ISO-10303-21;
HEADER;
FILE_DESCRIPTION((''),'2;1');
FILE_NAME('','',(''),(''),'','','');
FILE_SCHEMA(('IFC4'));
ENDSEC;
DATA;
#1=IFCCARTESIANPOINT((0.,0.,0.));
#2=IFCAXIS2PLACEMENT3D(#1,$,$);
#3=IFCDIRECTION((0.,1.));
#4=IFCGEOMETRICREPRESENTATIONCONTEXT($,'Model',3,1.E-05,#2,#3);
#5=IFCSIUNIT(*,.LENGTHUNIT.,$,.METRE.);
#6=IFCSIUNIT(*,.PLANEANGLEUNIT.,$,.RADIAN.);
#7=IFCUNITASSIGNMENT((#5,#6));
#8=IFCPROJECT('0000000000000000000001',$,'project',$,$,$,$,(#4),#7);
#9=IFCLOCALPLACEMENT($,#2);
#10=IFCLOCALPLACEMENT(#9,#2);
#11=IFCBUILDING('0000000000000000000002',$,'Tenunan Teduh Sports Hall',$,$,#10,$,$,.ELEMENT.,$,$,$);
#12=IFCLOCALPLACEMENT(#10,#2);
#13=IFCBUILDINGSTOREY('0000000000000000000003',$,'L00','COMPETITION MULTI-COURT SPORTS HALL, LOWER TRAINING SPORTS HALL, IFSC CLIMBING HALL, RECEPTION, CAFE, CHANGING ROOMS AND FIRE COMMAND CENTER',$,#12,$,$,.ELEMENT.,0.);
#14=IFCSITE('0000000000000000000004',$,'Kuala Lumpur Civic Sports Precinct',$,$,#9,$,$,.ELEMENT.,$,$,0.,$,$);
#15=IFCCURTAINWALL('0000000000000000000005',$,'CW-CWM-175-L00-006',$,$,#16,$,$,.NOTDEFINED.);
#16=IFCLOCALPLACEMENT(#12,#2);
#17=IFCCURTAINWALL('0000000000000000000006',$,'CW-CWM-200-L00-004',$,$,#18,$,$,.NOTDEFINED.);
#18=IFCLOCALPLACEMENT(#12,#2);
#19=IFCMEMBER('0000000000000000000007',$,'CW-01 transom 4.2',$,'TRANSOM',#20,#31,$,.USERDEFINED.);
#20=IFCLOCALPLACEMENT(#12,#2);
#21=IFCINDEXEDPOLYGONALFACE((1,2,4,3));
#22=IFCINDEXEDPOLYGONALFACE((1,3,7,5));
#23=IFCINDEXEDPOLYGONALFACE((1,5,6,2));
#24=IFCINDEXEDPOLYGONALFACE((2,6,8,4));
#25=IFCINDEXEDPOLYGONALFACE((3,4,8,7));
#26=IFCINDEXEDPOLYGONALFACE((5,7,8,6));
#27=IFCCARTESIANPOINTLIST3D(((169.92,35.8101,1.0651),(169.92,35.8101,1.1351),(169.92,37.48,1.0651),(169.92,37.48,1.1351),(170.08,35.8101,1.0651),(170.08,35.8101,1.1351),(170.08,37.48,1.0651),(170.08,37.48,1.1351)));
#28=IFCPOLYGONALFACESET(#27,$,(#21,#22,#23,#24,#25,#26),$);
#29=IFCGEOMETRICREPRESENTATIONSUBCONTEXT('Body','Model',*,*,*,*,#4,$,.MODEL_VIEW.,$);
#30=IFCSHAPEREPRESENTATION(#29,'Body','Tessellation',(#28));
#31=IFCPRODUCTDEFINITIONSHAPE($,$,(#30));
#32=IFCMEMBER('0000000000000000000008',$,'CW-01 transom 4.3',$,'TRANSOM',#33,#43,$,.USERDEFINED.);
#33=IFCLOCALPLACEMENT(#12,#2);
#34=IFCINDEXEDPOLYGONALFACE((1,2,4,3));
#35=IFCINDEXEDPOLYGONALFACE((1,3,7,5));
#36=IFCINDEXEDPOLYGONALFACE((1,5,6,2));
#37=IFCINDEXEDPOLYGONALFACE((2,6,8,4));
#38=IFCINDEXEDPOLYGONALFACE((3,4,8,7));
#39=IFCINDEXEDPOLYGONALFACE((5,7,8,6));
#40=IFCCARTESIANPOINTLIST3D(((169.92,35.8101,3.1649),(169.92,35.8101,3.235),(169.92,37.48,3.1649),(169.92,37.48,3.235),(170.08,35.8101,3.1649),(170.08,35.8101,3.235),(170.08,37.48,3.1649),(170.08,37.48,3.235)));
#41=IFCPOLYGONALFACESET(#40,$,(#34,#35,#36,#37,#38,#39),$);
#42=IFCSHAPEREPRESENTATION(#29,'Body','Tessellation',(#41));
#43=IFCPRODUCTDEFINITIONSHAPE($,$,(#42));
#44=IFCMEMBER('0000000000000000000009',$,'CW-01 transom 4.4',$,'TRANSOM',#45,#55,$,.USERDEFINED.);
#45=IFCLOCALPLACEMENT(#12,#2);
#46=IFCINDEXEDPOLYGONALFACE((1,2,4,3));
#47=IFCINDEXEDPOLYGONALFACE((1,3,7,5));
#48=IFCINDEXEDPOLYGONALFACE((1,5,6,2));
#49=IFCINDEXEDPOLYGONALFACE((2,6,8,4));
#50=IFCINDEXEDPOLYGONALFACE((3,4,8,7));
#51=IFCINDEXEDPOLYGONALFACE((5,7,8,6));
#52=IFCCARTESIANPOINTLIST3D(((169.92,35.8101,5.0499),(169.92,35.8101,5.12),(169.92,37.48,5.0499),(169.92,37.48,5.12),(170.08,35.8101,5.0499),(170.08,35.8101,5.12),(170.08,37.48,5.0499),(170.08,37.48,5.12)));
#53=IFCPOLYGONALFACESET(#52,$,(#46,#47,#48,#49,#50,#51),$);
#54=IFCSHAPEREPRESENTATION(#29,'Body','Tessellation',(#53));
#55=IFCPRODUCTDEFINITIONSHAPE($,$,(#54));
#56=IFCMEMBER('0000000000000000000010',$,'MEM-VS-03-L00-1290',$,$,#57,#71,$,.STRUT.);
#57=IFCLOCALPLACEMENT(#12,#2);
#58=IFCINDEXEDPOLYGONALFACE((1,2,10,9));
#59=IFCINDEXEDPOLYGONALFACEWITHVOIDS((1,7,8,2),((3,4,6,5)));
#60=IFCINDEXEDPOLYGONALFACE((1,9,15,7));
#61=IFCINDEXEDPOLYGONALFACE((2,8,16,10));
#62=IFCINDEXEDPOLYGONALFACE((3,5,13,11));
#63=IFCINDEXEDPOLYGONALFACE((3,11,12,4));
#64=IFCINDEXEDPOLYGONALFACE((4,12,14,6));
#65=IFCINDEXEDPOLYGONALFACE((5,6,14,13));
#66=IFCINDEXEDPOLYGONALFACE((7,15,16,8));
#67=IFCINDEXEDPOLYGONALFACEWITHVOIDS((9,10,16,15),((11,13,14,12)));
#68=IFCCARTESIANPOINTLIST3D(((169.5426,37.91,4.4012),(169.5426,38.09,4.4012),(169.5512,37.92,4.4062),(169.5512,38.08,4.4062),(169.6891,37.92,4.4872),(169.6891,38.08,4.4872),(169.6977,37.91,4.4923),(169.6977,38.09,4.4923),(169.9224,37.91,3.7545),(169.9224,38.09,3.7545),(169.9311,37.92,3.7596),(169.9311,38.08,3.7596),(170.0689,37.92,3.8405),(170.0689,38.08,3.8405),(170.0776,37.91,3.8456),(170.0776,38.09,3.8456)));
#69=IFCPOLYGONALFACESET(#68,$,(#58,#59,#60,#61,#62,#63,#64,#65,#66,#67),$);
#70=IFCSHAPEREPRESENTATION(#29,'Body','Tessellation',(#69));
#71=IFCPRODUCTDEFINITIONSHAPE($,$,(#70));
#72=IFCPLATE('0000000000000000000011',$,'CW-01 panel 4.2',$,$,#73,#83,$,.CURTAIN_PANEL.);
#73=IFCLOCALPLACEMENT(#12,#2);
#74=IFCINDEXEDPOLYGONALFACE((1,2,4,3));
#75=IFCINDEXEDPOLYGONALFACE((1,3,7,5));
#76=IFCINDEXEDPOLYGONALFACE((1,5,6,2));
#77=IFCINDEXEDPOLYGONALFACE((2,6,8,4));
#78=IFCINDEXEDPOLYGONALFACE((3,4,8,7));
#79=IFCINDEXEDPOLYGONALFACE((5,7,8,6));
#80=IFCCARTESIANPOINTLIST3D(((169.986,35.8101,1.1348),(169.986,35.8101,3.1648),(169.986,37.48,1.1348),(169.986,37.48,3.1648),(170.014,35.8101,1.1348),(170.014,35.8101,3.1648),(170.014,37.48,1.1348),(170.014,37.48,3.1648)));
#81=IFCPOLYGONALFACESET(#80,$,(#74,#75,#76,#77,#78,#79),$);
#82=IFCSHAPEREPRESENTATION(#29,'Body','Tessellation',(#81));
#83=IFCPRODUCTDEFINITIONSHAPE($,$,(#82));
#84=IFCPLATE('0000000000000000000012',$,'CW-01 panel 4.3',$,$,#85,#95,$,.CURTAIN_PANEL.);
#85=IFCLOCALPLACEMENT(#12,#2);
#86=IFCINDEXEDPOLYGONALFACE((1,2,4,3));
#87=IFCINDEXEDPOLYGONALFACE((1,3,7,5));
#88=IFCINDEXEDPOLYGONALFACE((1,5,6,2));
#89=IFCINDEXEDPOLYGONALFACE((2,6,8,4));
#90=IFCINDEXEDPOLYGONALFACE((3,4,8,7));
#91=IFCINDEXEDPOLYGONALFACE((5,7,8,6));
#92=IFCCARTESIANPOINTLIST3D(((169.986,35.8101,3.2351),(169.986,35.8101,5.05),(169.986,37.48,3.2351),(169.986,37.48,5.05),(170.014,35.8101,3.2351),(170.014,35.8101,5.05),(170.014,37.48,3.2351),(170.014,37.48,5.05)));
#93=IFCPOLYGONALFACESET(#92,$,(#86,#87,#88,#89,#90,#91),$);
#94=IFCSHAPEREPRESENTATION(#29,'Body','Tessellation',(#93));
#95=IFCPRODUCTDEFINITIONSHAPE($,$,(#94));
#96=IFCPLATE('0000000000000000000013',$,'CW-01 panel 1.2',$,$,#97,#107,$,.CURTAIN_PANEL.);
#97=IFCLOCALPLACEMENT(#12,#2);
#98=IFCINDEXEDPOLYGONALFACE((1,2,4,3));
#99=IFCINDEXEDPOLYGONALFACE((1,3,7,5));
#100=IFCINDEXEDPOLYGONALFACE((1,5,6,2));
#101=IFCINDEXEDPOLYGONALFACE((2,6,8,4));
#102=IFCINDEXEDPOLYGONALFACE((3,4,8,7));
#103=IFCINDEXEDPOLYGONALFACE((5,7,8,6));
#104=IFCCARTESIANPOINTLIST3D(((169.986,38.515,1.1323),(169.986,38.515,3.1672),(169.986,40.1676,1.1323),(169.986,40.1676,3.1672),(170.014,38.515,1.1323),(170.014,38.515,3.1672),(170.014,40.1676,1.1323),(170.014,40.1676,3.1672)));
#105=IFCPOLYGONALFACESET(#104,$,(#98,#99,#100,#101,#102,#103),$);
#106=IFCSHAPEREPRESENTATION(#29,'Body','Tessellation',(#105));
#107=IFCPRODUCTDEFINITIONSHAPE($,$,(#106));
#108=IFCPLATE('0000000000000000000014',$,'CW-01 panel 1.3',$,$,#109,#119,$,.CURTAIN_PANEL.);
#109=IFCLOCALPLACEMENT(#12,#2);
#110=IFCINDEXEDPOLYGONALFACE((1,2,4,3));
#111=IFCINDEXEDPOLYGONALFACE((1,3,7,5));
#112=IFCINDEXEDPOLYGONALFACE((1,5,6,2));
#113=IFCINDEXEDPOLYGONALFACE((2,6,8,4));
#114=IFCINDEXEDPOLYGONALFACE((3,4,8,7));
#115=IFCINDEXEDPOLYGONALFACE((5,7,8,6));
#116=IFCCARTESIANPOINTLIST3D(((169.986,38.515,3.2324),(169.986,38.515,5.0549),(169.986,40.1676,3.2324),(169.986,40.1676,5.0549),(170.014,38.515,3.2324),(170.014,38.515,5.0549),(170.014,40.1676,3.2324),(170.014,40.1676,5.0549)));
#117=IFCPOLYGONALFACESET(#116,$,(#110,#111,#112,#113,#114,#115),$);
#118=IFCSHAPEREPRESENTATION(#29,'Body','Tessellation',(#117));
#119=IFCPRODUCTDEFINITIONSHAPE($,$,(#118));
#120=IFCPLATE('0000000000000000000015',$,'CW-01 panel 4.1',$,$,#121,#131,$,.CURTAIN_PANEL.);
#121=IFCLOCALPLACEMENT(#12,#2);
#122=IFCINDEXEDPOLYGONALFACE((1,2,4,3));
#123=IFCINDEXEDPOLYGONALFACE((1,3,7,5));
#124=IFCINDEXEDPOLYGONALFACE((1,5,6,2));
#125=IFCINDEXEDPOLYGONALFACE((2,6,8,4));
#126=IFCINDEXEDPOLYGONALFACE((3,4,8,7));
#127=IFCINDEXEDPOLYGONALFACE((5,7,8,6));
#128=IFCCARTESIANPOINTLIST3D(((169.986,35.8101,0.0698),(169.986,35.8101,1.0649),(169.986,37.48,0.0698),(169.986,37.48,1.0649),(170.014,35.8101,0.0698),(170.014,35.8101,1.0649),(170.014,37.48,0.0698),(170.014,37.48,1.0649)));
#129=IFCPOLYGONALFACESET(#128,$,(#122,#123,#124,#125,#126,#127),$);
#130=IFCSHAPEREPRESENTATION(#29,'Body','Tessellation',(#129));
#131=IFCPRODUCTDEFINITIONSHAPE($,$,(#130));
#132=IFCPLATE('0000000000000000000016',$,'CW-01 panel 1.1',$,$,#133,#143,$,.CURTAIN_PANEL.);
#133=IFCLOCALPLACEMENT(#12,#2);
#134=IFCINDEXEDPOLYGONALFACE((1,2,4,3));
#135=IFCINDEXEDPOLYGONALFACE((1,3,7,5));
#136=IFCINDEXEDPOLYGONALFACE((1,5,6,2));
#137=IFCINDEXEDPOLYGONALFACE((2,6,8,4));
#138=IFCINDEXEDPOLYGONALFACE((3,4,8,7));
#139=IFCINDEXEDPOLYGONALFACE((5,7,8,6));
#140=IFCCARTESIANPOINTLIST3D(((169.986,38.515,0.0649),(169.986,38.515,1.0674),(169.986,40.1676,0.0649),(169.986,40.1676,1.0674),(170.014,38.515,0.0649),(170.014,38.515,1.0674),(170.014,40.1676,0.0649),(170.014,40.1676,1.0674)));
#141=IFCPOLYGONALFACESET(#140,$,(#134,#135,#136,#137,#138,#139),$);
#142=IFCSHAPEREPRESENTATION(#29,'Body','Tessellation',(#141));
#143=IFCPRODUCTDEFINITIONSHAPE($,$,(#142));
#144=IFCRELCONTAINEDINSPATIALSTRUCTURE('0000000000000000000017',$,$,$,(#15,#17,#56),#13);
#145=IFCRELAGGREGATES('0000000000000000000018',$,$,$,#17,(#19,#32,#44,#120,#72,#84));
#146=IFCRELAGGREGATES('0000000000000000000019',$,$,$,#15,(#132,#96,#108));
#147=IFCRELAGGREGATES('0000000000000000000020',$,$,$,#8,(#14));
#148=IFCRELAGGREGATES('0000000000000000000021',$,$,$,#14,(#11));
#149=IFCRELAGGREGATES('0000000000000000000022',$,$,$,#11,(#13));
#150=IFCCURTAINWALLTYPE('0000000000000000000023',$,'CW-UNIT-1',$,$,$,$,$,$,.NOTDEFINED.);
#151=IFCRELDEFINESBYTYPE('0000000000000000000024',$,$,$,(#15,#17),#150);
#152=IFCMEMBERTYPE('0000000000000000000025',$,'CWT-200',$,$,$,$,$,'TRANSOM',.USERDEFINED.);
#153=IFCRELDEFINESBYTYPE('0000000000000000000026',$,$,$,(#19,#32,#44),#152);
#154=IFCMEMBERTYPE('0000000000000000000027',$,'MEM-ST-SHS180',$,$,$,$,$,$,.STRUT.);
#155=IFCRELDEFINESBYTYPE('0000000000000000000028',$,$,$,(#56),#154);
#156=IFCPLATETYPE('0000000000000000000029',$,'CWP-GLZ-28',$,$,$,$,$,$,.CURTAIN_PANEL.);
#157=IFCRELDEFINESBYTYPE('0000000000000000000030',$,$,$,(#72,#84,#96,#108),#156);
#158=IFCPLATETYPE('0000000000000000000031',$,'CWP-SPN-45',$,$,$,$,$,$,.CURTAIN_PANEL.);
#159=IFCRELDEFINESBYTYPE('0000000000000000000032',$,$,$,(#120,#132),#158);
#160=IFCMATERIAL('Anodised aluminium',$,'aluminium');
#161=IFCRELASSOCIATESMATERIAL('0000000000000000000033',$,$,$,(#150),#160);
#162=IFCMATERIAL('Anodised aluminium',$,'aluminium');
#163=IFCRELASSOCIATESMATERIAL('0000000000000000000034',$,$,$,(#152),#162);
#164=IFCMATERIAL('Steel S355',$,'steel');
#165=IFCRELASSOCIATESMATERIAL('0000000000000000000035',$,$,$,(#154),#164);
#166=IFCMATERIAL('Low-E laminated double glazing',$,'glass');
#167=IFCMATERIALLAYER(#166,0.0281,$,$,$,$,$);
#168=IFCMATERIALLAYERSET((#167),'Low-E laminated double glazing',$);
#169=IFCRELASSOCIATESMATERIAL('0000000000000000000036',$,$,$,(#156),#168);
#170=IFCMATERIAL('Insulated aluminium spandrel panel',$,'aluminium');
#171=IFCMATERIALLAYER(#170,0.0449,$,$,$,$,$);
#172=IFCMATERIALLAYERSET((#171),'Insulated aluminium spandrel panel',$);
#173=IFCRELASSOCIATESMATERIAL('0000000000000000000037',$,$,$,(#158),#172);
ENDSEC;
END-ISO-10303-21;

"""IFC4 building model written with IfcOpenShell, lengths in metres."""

from ifc_helpers import new_model, si_unit, direction, frame, origin, origin_2d, place, context, subcontext, project, spatial, rectangle, hollow_rectangle, extrude, material, layer, layer_set, material_profile, profile_set, type_object, element, aggregate, save


model = new_model("IFC4")

# Units and contexts
model_context = context("Model", 3, precision=1e-05, world=origin(), true_north=direction((0.0, 1.0)))
body_context = subcontext(model_context, "Body", "Model", "MODEL_VIEW")
ifc_project = project(units=[si_unit("LENGTHUNIT", "METRE"), si_unit("PLANEANGLEUNIT", "RADIAN")], contexts=[model_context])

# Site, building, storey
site_placement = place(None, origin())
site = spatial("IfcSite", under=ifc_project, at=site_placement, Name="Kuala Lumpur Civic Sports Precinct", CompositionType="ELEMENT", RefElevation=0.0)
building_placement = place(site_placement, origin())
building = spatial("IfcBuilding", under=site, at=building_placement, Name="Tenunan Teduh Sports Hall", CompositionType="ELEMENT")
storey_placement = place(building_placement, origin())
storey = spatial("IfcBuildingStorey", under=building, at=storey_placement, Name="L00", Description="COMPETITION MULTI-COURT SPORTS HALL, LOWER TRAINING SPORTS HALL, IFSC CLIMBING HALL, RECEPTION, CAFE, CHANGING ROOMS AND FIRE COMMAND CENTER", CompositionType="ELEMENT", Elevation=0.0)

# Curtain wall
ifc_material_1 = material(Name="Anodised aluminium", Category="aluminium")
curtain_wall_type = type_object("IfcCurtainWallType", Name="CW-UNIT-1", PredefinedType="NOTDEFINED", material=ifc_material_1)
curtain_wall_1_placement = place(storey_placement, origin())
curtain_wall_1 = element("IfcCurtainWall", 1, at=curtain_wall_1_placement, inside=storey, type_object=curtain_wall_type, Name="CW-CWM-175-L00-006", PredefinedType="NOTDEFINED")

# Curtain wall
curtain_wall_2_placement = place(storey_placement, origin())
curtain_wall_2 = element("IfcCurtainWall", 2, at=curtain_wall_2_placement, inside=storey, type_object=curtain_wall_type, Name="CW-CWM-200-L00-004", PredefinedType="NOTDEFINED")

# Members
ifc_material_2 = material(Name="Anodised aluminium", Category="aluminium")
ifc_material_profile_1 = material_profile(ifc_material_2, rectangle(XDim=0.0701, YDim=0.1599, at=origin_2d()), Name="CWT 70x160")
ifc_profile_set_1 = profile_set([ifc_material_profile_1], Name="Anodised aluminium")
member_type_1 = type_object("IfcMemberType", Name="CWT-200", ElementType="TRANSOM", PredefinedType="USERDEFINED", material=ifc_profile_set_1)
member_1_placement = place(storey_placement, frame((170.0, 35.8101, 1.1001), z_axis=(0.0, 1.0, 0.0), x_axis=(0.0, 0.0, 1.0)))
member_1 = element("IfcMember", 3, at=member_1_placement, type_object=member_type_1, Name="CW-01 transom 4.2", ObjectType="TRANSOM", PredefinedType="USERDEFINED", context=body_context, shape_type="SweptSolid", body=[
    extrude(rectangle(XDim=0.0701, YDim=0.1599, at=origin_2d()), origin(), (0.0, 0.0, 1.0), 1.6699),
])
member_2_placement = place(storey_placement, frame((170.0, 35.8101, 3.2), z_axis=(0.0, 1.0, 0.0), x_axis=(0.0, 0.0, 1.0)))
member_2 = element("IfcMember", 4, at=member_2_placement, type_object=member_type_1, Name="CW-01 transom 4.3", ObjectType="TRANSOM", PredefinedType="USERDEFINED", context=body_context, shape_type="SweptSolid", body=[
    extrude(rectangle(XDim=0.0701, YDim=0.1599, at=origin_2d()), origin(), (0.0, 0.0, 1.0), 1.6699),
])
member_3_placement = place(storey_placement, frame((170.0, 35.8101, 5.085), z_axis=(0.0, 1.0, 0.0), x_axis=(0.0, 0.0, 1.0)))
member_3 = element("IfcMember", 5, at=member_3_placement, type_object=member_type_1, Name="CW-01 transom 4.4", ObjectType="TRANSOM", PredefinedType="USERDEFINED", context=body_context, shape_type="SweptSolid", body=[
    extrude(rectangle(XDim=0.0701, YDim=0.1599, at=origin_2d()), origin(), (0.0, 0.0, 1.0), 1.6699),
])
ifc_material_3 = material(Name="Steel S355", Category="steel")
ifc_material_profile_2 = material_profile(ifc_material_3, hollow_rectangle(XDim=0.1799, YDim=0.1799, WallThickness=0.01, at=origin_2d()), Name="SHS 180x180x10.0")
ifc_profile_set_2 = profile_set([ifc_material_profile_2], Name="Steel S355")
member_type_2 = type_object("IfcMemberType", Name="MEM-ST-SHS180", PredefinedType="STRUT", material=ifc_profile_set_2)
member_4_placement = place(storey_placement, frame((170.0, 38.0, 3.8), z_axis=(-0.506479, 0.0, 0.862252), x_axis=(0.0, -1.0, 0.0)))
element("IfcMember", 6, at=member_4_placement, inside=storey, type_object=member_type_2, Name="MEM-VS-03-L00-1290", PredefinedType="STRUT", context=body_context, shape_type="SweptSolid", body=[
    extrude(hollow_rectangle(XDim=0.1799, YDim=0.1799, WallThickness=0.01, at=origin_2d()), origin(), (0.0, 0.0, 1.0), 0.75),
])

# Plates
ifc_material_4 = material(Name="Low-E laminated double glazing", Category="glass")
ifc_layer_1 = layer(ifc_material_4, 0.0281)
ifc_layer_set_1 = layer_set([ifc_layer_1], Name="Low-E laminated double glazing")
plate_type_1 = type_object("IfcPlateType", Name="CWP-GLZ-28", PredefinedType="CURTAIN_PANEL", material=ifc_layer_set_1)
plate_1_placement = place(storey_placement, frame((170.0, 36.645, 1.1348), z_axis=(0.0, 0.0, 1.0), x_axis=(0.0, 1.0, 0.0)))
plate_1 = element("IfcPlate", 7, at=plate_1_placement, type_object=plate_type_1, Name="CW-01 panel 4.2", PredefinedType="CURTAIN_PANEL", context=body_context, shape_type="SweptSolid", body=[
    extrude(rectangle(XDim=1.6699, YDim=0.0281, at=origin_2d()), origin(), (0.0, 0.0, 1.0), 2.03),
])
plate_2_placement = place(storey_placement, frame((170.0, 36.645, 3.2351), z_axis=(0.0, 0.0, 1.0), x_axis=(0.0, 1.0, 0.0)))
plate_2 = element("IfcPlate", 8, at=plate_2_placement, type_object=plate_type_1, Name="CW-01 panel 4.3", PredefinedType="CURTAIN_PANEL", context=body_context, shape_type="SweptSolid", body=[
    extrude(rectangle(XDim=1.6699, YDim=0.0281, at=origin_2d()), origin(), (0.0, 0.0, 1.0), 1.8149),
])
plate_3_placement = place(storey_placement, frame((170.0, 39.3413, 1.1323), z_axis=(0.0, 0.0, 1.0), x_axis=(0.0, 1.0, 0.0)))
plate_3 = element("IfcPlate", 9, at=plate_3_placement, type_object=plate_type_1, Name="CW-01 panel 1.2", PredefinedType="CURTAIN_PANEL", context=body_context, shape_type="SweptSolid", body=[
    extrude(rectangle(XDim=1.6526, YDim=0.0281, at=origin_2d()), origin(), (0.0, 0.0, 1.0), 2.0349),
])
plate_4_placement = place(storey_placement, frame((170.0, 39.3413, 3.2324), z_axis=(0.0, 0.0, 1.0), x_axis=(0.0, 1.0, 0.0)))
plate_4 = element("IfcPlate", 10, at=plate_4_placement, type_object=plate_type_1, Name="CW-01 panel 1.3", PredefinedType="CURTAIN_PANEL", context=body_context, shape_type="SweptSolid", body=[
    extrude(rectangle(XDim=1.6526, YDim=0.0281, at=origin_2d()), origin(), (0.0, 0.0, 1.0), 1.8225),
])
ifc_material_5 = material(Name="Insulated aluminium spandrel panel", Category="aluminium")
ifc_layer_2 = layer(ifc_material_5, 0.0449)
ifc_layer_set_2 = layer_set([ifc_layer_2], Name="Insulated aluminium spandrel panel")
plate_type_2 = type_object("IfcPlateType", Name="CWP-SPN-45", PredefinedType="CURTAIN_PANEL", material=ifc_layer_set_2)
plate_5_placement = place(storey_placement, frame((170.0, 36.645, 0.0698), z_axis=(0.0, 0.0, 1.0), x_axis=(0.0, 1.0, 0.0)))
plate_5 = element("IfcPlate", 11, at=plate_5_placement, type_object=plate_type_2, Name="CW-01 panel 4.1", PredefinedType="CURTAIN_PANEL", context=body_context, shape_type="SweptSolid", body=[
    extrude(rectangle(XDim=1.6699, YDim=0.0281, at=origin_2d()), origin(), (0.0, 0.0, 1.0), 0.9951),
])
aggregate(curtain_wall_2, [member_1, member_2, member_3, plate_5, plate_1, plate_2])
plate_6_placement = place(storey_placement, frame((170.0, 39.3413, 0.0649), z_axis=(0.0, 0.0, 1.0), x_axis=(0.0, 1.0, 0.0)))
plate_6 = element("IfcPlate", 12, at=plate_6_placement, type_object=plate_type_2, Name="CW-01 panel 1.1", PredefinedType="CURTAIN_PANEL", context=body_context, shape_type="SweptSolid", body=[
    extrude(rectangle(XDim=1.6526, YDim=0.0281, at=origin_2d()), origin(), (0.0, 0.0, 1.0), 1.0024),
])
aggregate(curtain_wall_1, [plate_6, plate_3, plate_4])

save(model, "model.ifc")
